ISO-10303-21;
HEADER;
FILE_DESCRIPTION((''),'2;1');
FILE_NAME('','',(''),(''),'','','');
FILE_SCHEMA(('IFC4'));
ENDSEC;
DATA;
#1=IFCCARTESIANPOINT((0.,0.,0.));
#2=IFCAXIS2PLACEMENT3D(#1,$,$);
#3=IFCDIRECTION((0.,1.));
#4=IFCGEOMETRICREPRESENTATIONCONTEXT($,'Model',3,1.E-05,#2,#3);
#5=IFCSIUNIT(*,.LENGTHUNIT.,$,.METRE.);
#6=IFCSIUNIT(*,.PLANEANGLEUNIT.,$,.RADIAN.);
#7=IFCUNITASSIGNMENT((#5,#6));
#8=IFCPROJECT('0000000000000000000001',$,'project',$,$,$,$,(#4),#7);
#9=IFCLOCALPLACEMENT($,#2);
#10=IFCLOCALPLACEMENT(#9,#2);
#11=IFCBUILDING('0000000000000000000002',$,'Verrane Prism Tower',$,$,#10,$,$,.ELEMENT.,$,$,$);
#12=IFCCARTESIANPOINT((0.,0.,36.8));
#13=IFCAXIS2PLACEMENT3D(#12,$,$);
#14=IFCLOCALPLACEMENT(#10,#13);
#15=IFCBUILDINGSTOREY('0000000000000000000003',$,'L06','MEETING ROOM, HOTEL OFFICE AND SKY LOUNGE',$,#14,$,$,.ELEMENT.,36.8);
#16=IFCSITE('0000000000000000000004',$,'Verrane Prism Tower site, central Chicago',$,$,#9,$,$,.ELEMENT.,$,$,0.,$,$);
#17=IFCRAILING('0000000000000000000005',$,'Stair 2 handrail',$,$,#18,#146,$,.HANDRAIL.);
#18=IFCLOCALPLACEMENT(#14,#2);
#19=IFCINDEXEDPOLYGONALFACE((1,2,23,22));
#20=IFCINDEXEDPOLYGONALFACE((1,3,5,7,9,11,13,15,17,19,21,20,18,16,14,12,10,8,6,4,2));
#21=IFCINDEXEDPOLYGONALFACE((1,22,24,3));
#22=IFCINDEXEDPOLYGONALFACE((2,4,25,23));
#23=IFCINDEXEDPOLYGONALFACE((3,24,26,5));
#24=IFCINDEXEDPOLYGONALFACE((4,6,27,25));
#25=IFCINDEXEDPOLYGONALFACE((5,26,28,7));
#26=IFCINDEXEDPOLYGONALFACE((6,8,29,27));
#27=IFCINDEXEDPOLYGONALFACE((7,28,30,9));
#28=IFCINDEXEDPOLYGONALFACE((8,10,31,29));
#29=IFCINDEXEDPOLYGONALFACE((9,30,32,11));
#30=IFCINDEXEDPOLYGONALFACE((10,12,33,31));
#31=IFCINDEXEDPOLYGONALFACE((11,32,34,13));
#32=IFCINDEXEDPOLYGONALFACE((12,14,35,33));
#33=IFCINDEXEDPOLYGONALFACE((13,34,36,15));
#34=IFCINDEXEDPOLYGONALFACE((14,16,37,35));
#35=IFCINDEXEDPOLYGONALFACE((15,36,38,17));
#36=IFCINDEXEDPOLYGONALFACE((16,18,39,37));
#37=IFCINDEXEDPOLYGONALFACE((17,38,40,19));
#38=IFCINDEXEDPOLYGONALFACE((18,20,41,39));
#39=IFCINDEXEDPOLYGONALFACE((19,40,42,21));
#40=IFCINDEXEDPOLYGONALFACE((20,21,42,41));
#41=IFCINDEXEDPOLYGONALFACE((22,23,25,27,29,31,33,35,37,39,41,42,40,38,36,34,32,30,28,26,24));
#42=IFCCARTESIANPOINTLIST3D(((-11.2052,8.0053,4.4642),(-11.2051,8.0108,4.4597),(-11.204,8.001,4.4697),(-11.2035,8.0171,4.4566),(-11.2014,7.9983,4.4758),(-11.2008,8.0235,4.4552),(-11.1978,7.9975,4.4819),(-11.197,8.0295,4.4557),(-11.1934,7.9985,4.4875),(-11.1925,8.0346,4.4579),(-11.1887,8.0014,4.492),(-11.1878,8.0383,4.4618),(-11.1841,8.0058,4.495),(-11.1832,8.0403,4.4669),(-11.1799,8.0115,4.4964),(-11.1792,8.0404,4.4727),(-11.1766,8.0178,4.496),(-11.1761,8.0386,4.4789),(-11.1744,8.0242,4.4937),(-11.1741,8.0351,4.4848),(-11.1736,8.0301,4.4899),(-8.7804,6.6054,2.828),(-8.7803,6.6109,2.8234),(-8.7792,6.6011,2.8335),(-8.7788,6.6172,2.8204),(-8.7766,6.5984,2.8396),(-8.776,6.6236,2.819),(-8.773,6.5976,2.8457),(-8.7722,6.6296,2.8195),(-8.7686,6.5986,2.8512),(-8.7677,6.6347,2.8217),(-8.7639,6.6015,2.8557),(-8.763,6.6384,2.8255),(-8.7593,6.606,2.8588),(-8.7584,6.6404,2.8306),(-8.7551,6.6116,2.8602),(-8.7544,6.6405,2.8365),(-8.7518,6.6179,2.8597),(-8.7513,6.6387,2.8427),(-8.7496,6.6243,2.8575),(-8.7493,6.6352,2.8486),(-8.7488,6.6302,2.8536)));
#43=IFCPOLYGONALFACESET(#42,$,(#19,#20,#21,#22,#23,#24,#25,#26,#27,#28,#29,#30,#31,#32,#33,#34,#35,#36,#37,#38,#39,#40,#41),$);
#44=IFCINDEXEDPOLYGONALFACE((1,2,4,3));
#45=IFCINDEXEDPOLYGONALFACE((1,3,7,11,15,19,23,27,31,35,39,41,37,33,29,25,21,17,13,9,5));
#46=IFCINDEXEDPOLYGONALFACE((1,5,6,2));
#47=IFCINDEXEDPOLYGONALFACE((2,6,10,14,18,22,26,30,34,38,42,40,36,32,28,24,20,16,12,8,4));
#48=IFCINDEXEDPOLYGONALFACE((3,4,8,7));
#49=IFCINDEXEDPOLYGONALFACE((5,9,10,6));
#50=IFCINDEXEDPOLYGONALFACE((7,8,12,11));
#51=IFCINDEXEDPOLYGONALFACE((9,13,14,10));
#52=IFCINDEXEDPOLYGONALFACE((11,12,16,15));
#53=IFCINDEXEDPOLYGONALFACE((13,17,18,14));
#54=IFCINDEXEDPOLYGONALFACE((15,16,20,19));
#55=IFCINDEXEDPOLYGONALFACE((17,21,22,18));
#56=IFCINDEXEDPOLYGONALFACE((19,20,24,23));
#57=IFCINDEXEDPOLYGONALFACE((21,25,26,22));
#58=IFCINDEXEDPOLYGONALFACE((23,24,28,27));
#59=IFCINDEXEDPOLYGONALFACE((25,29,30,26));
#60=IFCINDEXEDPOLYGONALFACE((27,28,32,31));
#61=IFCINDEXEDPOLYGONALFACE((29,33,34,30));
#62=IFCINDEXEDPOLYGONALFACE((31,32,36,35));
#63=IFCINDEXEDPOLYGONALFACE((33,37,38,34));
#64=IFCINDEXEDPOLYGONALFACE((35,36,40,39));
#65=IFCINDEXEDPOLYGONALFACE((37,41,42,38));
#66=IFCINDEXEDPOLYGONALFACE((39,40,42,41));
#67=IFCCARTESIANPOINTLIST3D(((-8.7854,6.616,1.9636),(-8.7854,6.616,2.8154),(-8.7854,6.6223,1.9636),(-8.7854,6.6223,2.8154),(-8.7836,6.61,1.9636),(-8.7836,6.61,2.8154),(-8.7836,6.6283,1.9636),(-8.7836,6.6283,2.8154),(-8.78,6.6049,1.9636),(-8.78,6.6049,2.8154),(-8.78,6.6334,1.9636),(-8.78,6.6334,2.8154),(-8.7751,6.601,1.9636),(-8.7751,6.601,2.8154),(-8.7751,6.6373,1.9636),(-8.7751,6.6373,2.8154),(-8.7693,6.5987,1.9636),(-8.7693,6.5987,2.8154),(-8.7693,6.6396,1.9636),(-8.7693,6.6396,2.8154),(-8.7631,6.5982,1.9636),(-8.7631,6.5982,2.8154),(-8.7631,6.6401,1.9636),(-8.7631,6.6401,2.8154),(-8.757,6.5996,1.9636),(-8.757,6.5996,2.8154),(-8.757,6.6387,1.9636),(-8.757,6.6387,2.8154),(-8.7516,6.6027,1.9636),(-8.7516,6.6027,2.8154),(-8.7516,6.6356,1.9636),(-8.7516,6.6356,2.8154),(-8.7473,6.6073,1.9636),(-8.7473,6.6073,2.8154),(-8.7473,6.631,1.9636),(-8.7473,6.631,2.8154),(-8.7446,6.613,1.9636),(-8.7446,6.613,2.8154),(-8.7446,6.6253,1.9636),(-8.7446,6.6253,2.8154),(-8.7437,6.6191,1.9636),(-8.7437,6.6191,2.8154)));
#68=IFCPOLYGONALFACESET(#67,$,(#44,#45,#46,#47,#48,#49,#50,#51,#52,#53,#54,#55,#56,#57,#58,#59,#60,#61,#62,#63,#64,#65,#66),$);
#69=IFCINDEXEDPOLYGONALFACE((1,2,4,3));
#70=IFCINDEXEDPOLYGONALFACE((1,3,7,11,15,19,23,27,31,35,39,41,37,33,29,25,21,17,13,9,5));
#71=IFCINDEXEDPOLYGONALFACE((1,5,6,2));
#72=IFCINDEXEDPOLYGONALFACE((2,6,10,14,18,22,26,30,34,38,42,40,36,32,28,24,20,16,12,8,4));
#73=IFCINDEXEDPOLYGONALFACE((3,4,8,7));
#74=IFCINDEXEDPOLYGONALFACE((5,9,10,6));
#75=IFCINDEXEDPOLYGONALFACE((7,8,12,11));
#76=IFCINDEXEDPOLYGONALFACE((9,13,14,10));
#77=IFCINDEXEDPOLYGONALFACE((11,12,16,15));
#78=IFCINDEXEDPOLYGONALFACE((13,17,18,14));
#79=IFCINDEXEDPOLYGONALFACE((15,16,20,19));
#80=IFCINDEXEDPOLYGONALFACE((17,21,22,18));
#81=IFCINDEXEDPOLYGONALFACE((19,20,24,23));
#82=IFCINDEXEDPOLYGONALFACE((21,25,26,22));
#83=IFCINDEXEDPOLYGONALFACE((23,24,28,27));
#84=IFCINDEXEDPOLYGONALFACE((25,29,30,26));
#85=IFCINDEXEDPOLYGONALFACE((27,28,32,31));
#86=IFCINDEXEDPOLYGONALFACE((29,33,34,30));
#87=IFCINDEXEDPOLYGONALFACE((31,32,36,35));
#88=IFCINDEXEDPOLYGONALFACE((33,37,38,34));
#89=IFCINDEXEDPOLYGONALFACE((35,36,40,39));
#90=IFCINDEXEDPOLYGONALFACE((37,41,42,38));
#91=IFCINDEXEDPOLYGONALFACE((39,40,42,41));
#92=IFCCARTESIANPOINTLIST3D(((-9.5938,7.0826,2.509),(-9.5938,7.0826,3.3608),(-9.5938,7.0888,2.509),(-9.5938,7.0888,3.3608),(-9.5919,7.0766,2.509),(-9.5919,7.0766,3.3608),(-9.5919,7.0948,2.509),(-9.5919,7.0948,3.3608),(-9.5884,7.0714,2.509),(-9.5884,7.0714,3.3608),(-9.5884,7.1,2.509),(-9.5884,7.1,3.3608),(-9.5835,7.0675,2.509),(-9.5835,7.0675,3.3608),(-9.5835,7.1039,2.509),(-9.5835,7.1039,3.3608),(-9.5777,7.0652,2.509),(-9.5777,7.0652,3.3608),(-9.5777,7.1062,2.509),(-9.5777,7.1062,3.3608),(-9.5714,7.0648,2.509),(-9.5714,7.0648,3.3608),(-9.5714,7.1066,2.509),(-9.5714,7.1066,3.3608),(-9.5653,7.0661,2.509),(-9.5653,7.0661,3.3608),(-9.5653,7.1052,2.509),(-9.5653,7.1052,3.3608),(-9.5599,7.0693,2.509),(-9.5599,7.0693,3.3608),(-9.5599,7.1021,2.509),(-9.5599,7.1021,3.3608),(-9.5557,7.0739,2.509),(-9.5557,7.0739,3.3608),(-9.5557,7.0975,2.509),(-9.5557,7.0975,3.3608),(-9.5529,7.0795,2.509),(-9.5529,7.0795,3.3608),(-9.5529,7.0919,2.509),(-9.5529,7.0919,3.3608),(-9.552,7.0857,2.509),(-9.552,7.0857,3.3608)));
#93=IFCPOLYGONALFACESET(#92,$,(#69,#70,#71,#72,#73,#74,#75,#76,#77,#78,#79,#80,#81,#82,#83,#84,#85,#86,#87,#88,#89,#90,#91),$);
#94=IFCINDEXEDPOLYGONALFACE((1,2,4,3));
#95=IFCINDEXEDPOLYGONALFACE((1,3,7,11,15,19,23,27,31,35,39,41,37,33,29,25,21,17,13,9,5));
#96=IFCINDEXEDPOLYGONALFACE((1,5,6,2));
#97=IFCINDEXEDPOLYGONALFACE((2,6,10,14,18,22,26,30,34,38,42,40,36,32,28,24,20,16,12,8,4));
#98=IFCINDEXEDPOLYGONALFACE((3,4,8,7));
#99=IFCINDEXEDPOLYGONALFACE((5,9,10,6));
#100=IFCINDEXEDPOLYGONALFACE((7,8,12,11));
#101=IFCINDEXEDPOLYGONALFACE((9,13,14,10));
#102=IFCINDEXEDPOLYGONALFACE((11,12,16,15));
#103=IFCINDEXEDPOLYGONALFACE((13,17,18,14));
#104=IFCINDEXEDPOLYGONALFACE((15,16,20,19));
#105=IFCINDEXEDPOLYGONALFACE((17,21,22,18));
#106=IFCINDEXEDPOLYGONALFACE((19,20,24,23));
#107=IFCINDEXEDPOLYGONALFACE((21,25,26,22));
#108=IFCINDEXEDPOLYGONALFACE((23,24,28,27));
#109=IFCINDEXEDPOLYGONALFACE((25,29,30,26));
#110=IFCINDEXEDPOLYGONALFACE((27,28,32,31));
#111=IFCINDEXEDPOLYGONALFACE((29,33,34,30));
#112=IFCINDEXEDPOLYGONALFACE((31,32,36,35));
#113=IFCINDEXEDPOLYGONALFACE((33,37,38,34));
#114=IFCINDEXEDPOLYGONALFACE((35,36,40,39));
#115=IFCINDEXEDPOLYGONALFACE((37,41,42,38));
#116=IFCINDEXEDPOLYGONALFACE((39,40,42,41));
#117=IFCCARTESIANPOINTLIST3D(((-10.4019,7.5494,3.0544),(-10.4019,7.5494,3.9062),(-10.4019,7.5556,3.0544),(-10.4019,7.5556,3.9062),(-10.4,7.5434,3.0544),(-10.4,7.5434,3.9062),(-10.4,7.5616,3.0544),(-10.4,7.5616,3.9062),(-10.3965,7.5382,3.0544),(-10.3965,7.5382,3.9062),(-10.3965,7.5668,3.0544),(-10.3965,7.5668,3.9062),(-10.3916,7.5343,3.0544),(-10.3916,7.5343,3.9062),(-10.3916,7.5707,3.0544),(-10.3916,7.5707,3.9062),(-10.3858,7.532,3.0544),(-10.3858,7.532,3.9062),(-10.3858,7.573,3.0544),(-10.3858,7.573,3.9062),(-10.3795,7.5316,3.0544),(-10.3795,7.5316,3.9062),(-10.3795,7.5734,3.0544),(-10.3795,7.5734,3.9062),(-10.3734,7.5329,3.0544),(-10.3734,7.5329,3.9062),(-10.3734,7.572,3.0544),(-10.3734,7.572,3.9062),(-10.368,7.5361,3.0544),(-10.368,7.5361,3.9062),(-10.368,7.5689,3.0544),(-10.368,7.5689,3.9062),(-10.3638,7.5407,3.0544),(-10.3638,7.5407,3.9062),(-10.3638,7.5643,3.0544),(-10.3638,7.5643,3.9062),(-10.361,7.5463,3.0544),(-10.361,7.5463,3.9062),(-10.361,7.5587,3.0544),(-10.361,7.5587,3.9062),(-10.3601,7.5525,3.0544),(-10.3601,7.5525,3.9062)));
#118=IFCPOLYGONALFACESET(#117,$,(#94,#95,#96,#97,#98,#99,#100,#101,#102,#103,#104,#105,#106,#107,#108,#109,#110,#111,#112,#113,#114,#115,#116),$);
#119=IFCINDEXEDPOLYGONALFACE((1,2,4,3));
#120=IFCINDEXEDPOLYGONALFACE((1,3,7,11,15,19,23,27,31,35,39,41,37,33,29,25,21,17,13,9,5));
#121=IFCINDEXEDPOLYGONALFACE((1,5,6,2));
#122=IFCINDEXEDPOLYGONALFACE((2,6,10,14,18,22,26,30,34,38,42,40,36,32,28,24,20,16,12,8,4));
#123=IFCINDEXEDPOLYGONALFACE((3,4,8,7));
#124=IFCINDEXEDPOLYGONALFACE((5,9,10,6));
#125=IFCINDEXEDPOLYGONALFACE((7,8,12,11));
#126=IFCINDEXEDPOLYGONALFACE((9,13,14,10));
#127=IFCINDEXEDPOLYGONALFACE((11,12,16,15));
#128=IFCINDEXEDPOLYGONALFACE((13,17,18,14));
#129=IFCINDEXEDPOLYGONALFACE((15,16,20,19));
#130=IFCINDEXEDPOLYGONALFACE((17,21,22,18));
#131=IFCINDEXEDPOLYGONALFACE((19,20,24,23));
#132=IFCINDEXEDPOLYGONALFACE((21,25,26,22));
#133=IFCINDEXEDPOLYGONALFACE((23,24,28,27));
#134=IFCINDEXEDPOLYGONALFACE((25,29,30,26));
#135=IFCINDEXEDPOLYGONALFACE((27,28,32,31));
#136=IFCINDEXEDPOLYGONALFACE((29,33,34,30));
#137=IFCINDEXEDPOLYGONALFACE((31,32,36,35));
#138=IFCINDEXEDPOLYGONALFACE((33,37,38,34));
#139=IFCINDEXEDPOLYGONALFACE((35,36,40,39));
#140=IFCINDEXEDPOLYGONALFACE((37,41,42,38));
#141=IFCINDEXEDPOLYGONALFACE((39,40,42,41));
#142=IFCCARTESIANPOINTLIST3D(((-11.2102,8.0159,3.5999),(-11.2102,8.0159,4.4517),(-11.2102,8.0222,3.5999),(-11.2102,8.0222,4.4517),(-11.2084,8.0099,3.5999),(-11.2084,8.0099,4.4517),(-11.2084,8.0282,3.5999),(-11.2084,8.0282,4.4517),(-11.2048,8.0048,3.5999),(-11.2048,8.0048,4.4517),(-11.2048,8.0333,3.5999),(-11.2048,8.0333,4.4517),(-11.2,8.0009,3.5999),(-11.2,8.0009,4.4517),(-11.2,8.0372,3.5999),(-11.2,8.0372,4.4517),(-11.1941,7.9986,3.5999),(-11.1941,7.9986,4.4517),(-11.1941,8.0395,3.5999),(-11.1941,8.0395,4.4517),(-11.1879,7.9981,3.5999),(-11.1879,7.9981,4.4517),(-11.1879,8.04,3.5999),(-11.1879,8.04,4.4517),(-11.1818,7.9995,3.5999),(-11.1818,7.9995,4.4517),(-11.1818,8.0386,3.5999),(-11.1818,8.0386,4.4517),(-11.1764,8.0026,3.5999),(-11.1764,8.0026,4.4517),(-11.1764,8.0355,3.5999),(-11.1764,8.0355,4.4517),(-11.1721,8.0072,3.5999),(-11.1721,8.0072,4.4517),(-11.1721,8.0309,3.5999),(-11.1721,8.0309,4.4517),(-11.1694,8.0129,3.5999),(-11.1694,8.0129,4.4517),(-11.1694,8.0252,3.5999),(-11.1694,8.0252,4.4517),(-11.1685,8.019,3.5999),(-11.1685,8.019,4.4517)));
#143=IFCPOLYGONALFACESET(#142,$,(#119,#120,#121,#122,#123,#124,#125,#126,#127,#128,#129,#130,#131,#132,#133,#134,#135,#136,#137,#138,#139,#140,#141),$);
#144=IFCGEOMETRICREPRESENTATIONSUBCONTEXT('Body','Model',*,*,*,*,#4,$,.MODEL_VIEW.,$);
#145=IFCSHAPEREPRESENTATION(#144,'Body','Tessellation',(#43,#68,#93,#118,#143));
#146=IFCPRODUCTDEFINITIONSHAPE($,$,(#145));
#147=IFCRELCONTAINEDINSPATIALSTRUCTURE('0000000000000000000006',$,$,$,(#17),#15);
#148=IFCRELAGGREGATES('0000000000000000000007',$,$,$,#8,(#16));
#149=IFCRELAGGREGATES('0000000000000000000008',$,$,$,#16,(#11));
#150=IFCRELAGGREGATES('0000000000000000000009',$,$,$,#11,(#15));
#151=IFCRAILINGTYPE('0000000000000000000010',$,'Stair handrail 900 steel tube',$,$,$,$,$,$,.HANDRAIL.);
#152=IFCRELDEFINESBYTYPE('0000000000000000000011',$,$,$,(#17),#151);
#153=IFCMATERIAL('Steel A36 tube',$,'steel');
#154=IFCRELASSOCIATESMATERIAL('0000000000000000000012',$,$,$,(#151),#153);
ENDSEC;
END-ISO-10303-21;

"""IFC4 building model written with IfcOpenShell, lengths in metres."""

from ifc_helpers import new_model, si_unit, direction, frame, origin, origin_2d, place, context, subcontext, project, spatial, circle, extrude, material, type_object, element, save


model = new_model("IFC4")

# Units and contexts
model_context = context("Model", 3, precision=1e-05, world=origin(), true_north=direction((0.0, 1.0)))
body_context = subcontext(model_context, "Body", "Model", "MODEL_VIEW")
ifc_project = project(units=[si_unit("LENGTHUNIT", "METRE"), si_unit("PLANEANGLEUNIT", "RADIAN")], contexts=[model_context])

# Site, building, storey
site_placement = place(None, origin())
site = spatial("IfcSite", under=ifc_project, at=site_placement, Name="Verrane Prism Tower site, central Chicago", CompositionType="ELEMENT", RefElevation=0.0)
building_placement = place(site_placement, origin())
building = spatial("IfcBuilding", under=site, at=building_placement, Name="Verrane Prism Tower", CompositionType="ELEMENT")
storey_placement = place(building_placement, frame((0.0, 0.0, 36.8)))
storey = spatial("IfcBuildingStorey", under=building, at=storey_placement, Name="L06", Description="MEETING ROOM, HOTEL OFFICE AND SKY LOUNGE", CompositionType="ELEMENT", Elevation=36.8)

# Railing
ifc_material_1 = material(Name="Steel A36 tube", Category="steel")
railing_type_1 = type_object("IfcRailingType", Name="Stair handrail 900 steel tube", PredefinedType="HANDRAIL", material=ifc_material_1)
railing_1_placement = place(storey_placement, frame((-8.7646, 6.6191, 1.9636)))
element("IfcRailing", 1, at=railing_1_placement, inside=storey, type_object=railing_type_1, Name="Stair 2 handrail", PredefinedType="HANDRAIL", context=body_context, shape_type="SweptSolid", body=[
    extrude(circle(Radius=0.0239, at=origin_2d()), frame((0.0, 0.0, 0.876), z_axis=(-0.747718, 0.431677, 0.504552), x_axis=(-0.499984, -0.866035, 0.0)), (0.0, 0.0, 1.0), 3.2429),
    extrude(circle(Radius=0.021, at=origin_2d()), origin(), (0.0, 0.0, 1.0), 0.8518),
    extrude(circle(Radius=0.021, at=origin_2d()), frame((-0.8083, 0.4666, 0.5454)), (0.0, 0.0, 1.0), 0.8518),
    extrude(circle(Radius=0.021, at=origin_2d()), frame((-1.6165, 0.9333, 1.0908)), (0.0, 0.0, 1.0), 0.8518),
    extrude(circle(Radius=0.021, at=origin_2d()), frame((-2.4248, 1.3999, 1.6362)), (0.0, 0.0, 1.0), 0.8518),
])

save(model, "model.ifc")
